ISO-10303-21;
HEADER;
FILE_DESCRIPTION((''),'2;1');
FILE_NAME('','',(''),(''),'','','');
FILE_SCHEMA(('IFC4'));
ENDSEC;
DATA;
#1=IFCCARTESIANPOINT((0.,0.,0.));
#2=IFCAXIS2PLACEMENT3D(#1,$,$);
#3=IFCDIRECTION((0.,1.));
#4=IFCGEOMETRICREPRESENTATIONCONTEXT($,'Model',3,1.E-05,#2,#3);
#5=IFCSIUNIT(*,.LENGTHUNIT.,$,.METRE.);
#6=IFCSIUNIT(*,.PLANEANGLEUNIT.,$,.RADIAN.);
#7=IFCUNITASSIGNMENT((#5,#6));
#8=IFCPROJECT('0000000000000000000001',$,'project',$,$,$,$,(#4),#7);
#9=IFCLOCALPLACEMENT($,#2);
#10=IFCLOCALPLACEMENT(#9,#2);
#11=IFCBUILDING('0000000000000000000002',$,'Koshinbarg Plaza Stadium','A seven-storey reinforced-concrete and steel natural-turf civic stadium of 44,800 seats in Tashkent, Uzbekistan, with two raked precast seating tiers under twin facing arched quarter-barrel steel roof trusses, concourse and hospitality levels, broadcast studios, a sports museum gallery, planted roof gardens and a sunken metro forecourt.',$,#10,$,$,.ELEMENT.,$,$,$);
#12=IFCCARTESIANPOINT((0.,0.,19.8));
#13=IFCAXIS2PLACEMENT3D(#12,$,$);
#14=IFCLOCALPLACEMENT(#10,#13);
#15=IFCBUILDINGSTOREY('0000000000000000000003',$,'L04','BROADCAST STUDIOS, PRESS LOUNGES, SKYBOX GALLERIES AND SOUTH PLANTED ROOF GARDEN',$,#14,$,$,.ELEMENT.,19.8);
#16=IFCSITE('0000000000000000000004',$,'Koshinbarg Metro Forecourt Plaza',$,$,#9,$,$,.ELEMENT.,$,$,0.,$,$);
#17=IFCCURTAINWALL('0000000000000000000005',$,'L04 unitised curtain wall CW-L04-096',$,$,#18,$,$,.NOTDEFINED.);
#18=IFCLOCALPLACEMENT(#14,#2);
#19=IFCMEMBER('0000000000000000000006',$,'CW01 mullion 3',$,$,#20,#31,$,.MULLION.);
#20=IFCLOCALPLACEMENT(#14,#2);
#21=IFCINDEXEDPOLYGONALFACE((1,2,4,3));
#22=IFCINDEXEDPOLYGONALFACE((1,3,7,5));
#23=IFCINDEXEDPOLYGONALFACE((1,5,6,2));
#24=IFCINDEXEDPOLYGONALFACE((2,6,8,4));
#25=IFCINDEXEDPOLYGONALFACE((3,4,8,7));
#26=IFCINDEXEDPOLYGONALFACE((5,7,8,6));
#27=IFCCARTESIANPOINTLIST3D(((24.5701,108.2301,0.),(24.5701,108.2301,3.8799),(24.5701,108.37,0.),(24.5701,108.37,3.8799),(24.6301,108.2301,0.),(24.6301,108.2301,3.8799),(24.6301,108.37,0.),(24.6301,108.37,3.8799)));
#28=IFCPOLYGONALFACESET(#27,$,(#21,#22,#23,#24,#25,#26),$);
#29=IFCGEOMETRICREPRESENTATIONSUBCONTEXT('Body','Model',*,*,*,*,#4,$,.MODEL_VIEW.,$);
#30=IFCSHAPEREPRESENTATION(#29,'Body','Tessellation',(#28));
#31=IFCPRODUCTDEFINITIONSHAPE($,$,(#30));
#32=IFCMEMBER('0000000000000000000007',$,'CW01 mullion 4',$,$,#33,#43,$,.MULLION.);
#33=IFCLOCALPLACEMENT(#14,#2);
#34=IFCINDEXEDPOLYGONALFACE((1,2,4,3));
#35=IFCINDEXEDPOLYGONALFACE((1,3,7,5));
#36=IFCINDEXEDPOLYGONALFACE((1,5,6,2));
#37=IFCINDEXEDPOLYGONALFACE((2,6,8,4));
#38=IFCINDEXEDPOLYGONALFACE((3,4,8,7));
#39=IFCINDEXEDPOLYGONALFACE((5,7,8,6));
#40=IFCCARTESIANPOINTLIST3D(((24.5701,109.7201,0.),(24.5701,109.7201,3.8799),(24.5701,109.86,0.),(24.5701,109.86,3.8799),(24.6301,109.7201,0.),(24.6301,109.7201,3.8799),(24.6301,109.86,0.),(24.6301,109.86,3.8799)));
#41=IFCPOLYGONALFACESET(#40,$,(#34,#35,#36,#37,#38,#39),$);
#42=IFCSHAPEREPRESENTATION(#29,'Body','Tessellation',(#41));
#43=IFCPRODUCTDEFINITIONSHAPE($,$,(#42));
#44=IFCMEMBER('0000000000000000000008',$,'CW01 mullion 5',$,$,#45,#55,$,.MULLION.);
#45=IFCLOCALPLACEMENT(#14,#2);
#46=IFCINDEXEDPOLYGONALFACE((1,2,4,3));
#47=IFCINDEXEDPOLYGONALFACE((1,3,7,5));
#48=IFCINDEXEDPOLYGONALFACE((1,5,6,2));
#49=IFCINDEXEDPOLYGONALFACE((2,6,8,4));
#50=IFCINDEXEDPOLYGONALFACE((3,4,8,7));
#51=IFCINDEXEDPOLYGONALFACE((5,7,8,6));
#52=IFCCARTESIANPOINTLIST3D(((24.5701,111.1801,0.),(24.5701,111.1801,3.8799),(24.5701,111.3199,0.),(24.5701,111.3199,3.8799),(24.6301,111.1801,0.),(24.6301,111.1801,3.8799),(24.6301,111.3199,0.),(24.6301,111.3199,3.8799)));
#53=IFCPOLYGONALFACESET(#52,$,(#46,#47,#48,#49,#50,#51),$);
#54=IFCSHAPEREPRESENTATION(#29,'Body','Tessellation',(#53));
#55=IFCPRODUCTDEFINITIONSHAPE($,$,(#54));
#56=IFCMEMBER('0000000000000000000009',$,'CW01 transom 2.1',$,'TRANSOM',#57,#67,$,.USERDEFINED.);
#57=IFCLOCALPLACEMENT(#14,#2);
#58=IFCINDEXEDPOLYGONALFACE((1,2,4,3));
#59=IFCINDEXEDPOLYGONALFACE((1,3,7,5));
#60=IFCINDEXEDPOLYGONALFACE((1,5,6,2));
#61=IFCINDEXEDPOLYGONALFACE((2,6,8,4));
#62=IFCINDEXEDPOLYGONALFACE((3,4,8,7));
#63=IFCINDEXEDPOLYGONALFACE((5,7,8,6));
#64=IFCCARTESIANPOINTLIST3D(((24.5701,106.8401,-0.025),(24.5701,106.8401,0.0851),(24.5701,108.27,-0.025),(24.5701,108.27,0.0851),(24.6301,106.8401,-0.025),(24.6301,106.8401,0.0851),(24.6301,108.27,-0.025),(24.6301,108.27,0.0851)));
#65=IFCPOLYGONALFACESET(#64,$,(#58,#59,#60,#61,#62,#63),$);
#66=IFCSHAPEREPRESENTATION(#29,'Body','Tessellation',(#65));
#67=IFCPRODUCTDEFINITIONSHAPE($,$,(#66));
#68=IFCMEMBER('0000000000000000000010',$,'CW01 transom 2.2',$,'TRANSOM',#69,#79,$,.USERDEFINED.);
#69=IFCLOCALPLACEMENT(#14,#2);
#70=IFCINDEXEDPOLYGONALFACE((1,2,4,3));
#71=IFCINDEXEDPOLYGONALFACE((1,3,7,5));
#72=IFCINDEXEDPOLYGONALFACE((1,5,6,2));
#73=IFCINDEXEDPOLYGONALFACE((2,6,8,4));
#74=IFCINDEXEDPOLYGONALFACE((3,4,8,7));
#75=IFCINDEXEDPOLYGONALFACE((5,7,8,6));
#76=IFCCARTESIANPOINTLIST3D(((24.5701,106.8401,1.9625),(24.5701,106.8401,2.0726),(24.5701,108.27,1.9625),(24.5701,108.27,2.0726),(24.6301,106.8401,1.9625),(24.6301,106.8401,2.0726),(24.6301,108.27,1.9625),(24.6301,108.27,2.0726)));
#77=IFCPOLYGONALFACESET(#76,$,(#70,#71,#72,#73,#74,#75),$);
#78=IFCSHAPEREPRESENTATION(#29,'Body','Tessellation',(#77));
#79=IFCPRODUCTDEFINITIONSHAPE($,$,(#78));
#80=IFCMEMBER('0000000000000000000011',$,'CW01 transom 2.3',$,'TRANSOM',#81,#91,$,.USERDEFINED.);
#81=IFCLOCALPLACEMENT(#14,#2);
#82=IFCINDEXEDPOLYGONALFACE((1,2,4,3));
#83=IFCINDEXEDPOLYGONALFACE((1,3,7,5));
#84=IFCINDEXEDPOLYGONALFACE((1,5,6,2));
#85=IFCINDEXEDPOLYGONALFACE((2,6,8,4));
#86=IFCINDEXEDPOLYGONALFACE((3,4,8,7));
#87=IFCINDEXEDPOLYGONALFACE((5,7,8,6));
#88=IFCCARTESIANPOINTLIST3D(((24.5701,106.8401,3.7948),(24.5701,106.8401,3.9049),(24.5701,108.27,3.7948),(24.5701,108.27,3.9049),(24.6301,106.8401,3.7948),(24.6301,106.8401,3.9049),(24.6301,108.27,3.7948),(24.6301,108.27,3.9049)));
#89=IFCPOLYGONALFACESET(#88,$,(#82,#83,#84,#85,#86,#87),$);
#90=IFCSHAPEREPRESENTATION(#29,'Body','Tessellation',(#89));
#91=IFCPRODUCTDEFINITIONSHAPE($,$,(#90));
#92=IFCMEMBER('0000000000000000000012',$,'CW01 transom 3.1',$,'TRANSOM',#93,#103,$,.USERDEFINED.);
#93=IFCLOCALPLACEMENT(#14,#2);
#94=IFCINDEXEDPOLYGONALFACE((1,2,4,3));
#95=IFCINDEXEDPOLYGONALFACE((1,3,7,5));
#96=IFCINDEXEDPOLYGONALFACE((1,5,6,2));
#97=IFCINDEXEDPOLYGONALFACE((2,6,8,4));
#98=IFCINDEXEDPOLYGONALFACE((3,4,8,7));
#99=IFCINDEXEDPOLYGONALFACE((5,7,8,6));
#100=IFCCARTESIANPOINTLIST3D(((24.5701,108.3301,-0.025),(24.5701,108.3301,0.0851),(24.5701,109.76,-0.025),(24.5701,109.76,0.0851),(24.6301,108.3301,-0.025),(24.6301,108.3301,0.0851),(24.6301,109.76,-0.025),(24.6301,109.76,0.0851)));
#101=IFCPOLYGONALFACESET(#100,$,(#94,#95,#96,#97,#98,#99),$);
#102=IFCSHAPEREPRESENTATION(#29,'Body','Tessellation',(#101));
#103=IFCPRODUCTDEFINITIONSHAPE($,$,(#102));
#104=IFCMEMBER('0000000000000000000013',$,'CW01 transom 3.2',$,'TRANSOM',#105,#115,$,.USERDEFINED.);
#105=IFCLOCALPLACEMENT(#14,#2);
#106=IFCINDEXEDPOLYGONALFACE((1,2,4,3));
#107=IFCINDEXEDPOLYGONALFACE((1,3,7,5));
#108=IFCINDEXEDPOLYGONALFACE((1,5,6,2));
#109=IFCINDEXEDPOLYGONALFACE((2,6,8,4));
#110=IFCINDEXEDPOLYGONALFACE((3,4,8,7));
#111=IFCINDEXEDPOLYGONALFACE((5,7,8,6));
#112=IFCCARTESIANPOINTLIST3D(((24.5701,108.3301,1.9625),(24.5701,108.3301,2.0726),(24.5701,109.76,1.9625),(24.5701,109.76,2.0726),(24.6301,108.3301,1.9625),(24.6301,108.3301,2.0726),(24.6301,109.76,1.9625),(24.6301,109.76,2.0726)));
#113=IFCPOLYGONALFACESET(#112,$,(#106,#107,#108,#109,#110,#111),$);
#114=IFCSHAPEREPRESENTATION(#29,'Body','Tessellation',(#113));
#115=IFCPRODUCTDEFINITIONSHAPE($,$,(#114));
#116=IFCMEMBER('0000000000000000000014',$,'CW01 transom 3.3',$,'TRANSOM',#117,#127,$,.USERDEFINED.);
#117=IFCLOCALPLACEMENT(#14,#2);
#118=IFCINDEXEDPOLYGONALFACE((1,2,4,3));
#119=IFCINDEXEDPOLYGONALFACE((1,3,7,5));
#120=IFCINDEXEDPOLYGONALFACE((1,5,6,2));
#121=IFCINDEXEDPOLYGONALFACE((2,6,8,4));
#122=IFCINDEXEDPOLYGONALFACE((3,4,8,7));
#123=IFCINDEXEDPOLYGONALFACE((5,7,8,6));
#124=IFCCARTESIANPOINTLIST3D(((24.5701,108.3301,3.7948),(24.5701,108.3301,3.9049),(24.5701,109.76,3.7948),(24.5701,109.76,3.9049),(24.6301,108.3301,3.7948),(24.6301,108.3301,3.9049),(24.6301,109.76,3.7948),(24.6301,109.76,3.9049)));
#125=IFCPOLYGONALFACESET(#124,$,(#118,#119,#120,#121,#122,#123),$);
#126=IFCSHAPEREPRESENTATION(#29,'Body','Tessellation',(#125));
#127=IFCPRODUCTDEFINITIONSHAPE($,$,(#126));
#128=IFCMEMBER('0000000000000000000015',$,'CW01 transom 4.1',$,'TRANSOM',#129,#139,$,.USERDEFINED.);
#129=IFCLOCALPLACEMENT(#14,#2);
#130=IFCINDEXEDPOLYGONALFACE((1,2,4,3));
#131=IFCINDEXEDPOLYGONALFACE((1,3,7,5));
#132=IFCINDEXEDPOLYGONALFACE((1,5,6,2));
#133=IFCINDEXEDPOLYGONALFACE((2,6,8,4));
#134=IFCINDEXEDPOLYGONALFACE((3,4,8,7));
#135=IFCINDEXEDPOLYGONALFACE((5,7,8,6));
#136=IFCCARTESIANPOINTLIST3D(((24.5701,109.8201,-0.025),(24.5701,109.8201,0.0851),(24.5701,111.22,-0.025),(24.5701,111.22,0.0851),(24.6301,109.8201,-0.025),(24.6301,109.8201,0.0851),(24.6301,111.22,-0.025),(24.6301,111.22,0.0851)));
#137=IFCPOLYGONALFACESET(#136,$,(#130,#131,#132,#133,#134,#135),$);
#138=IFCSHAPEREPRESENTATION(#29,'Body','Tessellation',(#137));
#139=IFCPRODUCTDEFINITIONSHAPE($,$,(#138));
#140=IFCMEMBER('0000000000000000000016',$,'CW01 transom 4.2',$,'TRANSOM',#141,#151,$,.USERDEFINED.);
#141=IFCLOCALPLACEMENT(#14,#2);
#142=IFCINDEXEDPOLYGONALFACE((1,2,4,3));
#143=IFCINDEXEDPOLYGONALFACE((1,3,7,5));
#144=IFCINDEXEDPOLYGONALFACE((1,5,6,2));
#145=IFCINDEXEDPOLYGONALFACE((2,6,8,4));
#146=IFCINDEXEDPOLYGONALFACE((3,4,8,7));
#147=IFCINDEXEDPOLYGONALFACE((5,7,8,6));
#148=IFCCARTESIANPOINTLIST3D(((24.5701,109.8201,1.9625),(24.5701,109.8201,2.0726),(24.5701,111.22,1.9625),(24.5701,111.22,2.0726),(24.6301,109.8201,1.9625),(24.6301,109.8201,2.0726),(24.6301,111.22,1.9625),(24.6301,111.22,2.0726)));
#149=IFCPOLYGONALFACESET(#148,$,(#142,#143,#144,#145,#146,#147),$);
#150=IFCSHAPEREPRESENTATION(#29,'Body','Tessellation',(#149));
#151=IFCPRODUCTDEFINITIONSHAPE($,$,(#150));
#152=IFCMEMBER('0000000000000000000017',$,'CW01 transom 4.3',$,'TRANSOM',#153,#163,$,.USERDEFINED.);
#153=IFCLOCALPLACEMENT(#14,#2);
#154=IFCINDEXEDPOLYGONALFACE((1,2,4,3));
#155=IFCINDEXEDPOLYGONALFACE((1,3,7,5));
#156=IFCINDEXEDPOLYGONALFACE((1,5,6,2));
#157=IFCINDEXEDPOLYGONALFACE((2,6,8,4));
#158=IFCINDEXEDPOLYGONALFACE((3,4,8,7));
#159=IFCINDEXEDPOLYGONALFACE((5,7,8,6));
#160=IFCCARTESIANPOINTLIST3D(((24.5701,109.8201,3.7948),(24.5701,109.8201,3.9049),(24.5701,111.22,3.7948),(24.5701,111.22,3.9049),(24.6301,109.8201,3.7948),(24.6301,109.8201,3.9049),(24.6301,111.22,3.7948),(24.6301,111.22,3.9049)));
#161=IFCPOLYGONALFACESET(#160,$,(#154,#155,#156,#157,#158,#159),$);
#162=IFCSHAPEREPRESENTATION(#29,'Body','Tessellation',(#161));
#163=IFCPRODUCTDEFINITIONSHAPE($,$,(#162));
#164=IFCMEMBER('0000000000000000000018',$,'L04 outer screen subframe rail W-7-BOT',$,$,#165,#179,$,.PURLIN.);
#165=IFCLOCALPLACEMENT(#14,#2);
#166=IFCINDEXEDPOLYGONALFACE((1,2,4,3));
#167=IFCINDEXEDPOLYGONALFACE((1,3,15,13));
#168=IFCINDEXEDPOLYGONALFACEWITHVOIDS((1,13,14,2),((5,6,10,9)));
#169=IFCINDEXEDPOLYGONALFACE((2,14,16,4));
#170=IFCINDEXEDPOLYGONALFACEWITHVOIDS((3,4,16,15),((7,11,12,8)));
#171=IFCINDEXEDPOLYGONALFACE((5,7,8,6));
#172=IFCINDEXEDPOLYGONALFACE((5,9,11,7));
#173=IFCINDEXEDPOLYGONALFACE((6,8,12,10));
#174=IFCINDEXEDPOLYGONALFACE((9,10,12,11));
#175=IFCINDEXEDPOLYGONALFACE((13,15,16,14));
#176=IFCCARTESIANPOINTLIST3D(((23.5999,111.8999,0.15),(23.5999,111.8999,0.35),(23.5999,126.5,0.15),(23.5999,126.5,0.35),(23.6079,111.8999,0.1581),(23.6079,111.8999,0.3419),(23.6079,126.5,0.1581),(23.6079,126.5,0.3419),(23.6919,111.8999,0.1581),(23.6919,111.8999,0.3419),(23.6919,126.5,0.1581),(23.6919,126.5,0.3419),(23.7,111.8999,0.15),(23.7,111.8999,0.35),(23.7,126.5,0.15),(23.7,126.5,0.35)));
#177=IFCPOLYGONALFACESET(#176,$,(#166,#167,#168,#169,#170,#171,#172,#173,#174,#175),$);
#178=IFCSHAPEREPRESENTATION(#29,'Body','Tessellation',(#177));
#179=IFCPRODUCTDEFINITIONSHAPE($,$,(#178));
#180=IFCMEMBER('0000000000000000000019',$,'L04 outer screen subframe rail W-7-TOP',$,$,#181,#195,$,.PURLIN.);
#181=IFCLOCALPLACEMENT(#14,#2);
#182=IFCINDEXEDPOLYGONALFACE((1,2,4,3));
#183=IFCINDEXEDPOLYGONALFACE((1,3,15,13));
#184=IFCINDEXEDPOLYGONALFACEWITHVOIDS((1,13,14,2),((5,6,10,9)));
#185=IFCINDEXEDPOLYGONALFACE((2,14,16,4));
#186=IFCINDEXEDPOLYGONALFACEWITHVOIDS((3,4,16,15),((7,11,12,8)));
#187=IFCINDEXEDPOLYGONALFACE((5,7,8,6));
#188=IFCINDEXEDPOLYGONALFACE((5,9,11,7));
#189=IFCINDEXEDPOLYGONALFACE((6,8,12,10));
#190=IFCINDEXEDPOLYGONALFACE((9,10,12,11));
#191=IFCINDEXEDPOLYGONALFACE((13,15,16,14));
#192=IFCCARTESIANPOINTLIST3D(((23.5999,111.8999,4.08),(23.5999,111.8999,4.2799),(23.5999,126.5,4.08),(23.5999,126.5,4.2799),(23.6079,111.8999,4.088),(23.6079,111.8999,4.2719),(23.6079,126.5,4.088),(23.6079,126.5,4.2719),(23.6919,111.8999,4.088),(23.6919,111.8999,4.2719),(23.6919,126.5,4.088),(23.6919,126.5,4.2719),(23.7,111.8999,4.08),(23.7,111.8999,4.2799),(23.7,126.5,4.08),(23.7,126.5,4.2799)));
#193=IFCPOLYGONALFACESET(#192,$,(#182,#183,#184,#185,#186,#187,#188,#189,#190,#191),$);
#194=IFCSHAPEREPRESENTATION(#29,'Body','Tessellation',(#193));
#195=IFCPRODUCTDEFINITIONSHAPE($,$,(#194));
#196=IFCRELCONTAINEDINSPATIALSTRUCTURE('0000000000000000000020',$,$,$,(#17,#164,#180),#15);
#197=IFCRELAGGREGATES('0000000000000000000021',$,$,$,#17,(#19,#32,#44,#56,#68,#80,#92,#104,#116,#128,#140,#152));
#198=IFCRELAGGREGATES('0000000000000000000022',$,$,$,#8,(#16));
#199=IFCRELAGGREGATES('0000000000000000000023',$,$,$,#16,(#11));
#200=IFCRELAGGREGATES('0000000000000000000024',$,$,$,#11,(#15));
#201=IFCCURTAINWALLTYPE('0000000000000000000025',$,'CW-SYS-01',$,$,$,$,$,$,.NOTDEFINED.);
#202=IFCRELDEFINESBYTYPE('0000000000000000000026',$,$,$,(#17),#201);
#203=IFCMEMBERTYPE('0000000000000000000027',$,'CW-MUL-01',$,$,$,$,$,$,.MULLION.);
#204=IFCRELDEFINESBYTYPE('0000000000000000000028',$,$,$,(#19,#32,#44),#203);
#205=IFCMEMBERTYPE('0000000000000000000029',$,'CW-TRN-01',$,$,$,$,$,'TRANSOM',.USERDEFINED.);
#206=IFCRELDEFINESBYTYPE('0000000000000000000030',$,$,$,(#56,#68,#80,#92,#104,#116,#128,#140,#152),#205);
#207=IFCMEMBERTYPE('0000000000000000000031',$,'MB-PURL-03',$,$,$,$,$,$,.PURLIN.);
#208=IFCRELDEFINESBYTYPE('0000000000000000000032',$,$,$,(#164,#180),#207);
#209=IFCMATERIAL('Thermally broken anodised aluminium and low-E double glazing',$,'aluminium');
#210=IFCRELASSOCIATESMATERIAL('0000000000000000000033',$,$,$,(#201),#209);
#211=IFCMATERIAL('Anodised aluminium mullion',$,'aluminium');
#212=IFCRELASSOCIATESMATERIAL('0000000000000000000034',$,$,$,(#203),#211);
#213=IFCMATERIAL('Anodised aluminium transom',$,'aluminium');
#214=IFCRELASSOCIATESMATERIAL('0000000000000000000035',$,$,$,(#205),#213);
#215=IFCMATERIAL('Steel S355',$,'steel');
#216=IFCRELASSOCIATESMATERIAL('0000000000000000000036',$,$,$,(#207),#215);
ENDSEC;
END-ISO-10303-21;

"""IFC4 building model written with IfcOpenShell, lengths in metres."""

from ifc_helpers import new_model, si_unit, direction, frame, origin, origin_2d, place, context, subcontext, project, spatial, rectangle, hollow_rectangle, extrude, material, material_profile, profile_set, type_object, element, aggregate, save


model = new_model("IFC4")

# Units and contexts
model_context = context("Model", 3, precision=1e-05, world=origin(), true_north=direction((0.0, 1.0)))
body_context = subcontext(model_context, "Body", "Model", "MODEL_VIEW")
ifc_project = project(units=[si_unit("LENGTHUNIT", "METRE"), si_unit("PLANEANGLEUNIT", "RADIAN")], contexts=[model_context])

# Site, building, storey
site_placement = place(None, origin())
site = spatial("IfcSite", under=ifc_project, at=site_placement, Name="Koshinbarg Metro Forecourt Plaza", CompositionType="ELEMENT", RefElevation=0.0)
building_placement = place(site_placement, origin())
building = spatial("IfcBuilding", under=site, at=building_placement, Name="Koshinbarg Plaza Stadium", Description="A seven-storey reinforced-concrete and steel natural-turf civic stadium of 44,800 seats in Tashkent, Uzbekistan, with two raked precast seating tiers under twin facing arched quarter-barrel steel roof trusses, concourse and hospitality levels, broadcast studios, a sports museum gallery, planted roof gardens and a sunken metro forecourt.", CompositionType="ELEMENT")
storey_placement = place(building_placement, frame((0.0, 0.0, 19.8)))
storey = spatial("IfcBuildingStorey", under=building, at=storey_placement, Name="L04", Description="BROADCAST STUDIOS, PRESS LOUNGES, SKYBOX GALLERIES AND SOUTH PLANTED ROOF GARDEN", CompositionType="ELEMENT", Elevation=19.8)

# Shared definitions
ifc_material_1 = material(Name="Steel S355", Category="steel")

# Curtain wall, members
ifc_material_2 = material(Name="Thermally broken anodised aluminium and low-E double glazing", Category="aluminium")
curtain_wall_type = type_object("IfcCurtainWallType", Name="CW-SYS-01", PredefinedType="NOTDEFINED", material=ifc_material_2)
curtain_wall_placement = place(storey_placement, origin())
curtain_wall = element("IfcCurtainWall", 1, at=curtain_wall_placement, inside=storey, type_object=curtain_wall_type, Name="L04 unitised curtain wall CW-L04-096", PredefinedType="NOTDEFINED")
ifc_material_3 = material(Name="Anodised aluminium mullion", Category="aluminium")
ifc_material_profile_1 = material_profile(ifc_material_3, rectangle(XDim=0.0601, YDim=0.1399, at=origin_2d()), Name="ALU 60x140")
ifc_profile_set_1 = profile_set([ifc_material_profile_1], Name="Anodised aluminium mullion")
member_type_1 = type_object("IfcMemberType", Name="CW-MUL-01", PredefinedType="MULLION", material=ifc_profile_set_1)
member_1_placement = place(storey_placement, frame((24.6001, 108.3, 0.0), z_axis=(0.0, 0.0, 1.0), x_axis=(-1.0, 0.0, 0.0)))
member_1 = element("IfcMember", 2, at=member_1_placement, type_object=member_type_1, Name="CW01 mullion 3", PredefinedType="MULLION", context=body_context, shape_type="SweptSolid", body=[
    extrude(rectangle(XDim=0.0601, YDim=0.1399, at=origin_2d()), origin(), (0.0, 0.0, 1.0), 3.8799),
])
member_2_placement = place(storey_placement, frame((24.6001, 109.79, 0.0), z_axis=(0.0, 0.0, 1.0), x_axis=(-1.0, 0.0, 0.0)))
member_2 = element("IfcMember", 3, at=member_2_placement, type_object=member_type_1, Name="CW01 mullion 4", PredefinedType="MULLION", context=body_context, shape_type="SweptSolid", body=[
    extrude(rectangle(XDim=0.0601, YDim=0.1399, at=origin_2d()), origin(), (0.0, 0.0, 1.0), 3.8799),
])
member_3_placement = place(storey_placement, frame((24.6001, 111.25, 0.0), z_axis=(0.0, 0.0, 1.0), x_axis=(-1.0, 0.0, 0.0)))
member_3 = element("IfcMember", 4, at=member_3_placement, type_object=member_type_1, Name="CW01 mullion 5", PredefinedType="MULLION", context=body_context, shape_type="SweptSolid", body=[
    extrude(rectangle(XDim=0.0601, YDim=0.1399, at=origin_2d()), origin(), (0.0, 0.0, 1.0), 3.8799),
])
ifc_material_4 = material(Name="Anodised aluminium transom", Category="aluminium")
ifc_material_profile_2 = material_profile(ifc_material_4, rectangle(XDim=0.0601, YDim=0.1101, at=origin_2d()), Name="ALU 60x110")
ifc_profile_set_2 = profile_set([ifc_material_profile_2], Name="Anodised aluminium transom")
member_type_2 = type_object("IfcMemberType", Name="CW-TRN-01", ElementType="TRANSOM", PredefinedType="USERDEFINED", material=ifc_profile_set_2)
member_4_placement = place(storey_placement, frame((24.6001, 106.8401, 0.03), z_axis=(0.0, 1.0, 0.0), x_axis=(-1.0, 0.0, 0.0)))
member_4 = element("IfcMember", 5, at=member_4_placement, type_object=member_type_2, Name="CW01 transom 2.1", ObjectType="TRANSOM", PredefinedType="USERDEFINED", context=body_context, shape_type="SweptSolid", body=[
    extrude(rectangle(XDim=0.0601, YDim=0.1101, at=origin_2d()), origin(), (0.0, 0.0, 1.0), 1.4299),
])
member_5_placement = place(storey_placement, frame((24.6001, 106.8401, 2.0176), z_axis=(0.0, 1.0, 0.0), x_axis=(-1.0, 0.0, 0.0)))
member_5 = element("IfcMember", 6, at=member_5_placement, type_object=member_type_2, Name="CW01 transom 2.2", ObjectType="TRANSOM", PredefinedType="USERDEFINED", context=body_context, shape_type="SweptSolid", body=[
    extrude(rectangle(XDim=0.0601, YDim=0.1101, at=origin_2d()), origin(), (0.0, 0.0, 1.0), 1.4299),
])
member_6_placement = place(storey_placement, frame((24.6001, 106.8401, 3.8499), z_axis=(0.0, 1.0, 0.0), x_axis=(-1.0, 0.0, 0.0)))
member_6 = element("IfcMember", 7, at=member_6_placement, type_object=member_type_2, Name="CW01 transom 2.3", ObjectType="TRANSOM", PredefinedType="USERDEFINED", context=body_context, shape_type="SweptSolid", body=[
    extrude(rectangle(XDim=0.0601, YDim=0.1101, at=origin_2d()), origin(), (0.0, 0.0, 1.0), 1.4299),
])
member_7_placement = place(storey_placement, frame((24.6001, 108.3301, 0.03), z_axis=(0.0, 1.0, 0.0), x_axis=(-1.0, 0.0, 0.0)))
member_7 = element("IfcMember", 8, at=member_7_placement, type_object=member_type_2, Name="CW01 transom 3.1", ObjectType="TRANSOM", PredefinedType="USERDEFINED", context=body_context, shape_type="SweptSolid", body=[
    extrude(rectangle(XDim=0.0601, YDim=0.1101, at=origin_2d()), origin(), (0.0, 0.0, 1.0), 1.4299),
])
member_8_placement = place(storey_placement, frame((24.6001, 108.3301, 2.0176), z_axis=(0.0, 1.0, 0.0), x_axis=(-1.0, 0.0, 0.0)))
member_8 = element("IfcMember", 9, at=member_8_placement, type_object=member_type_2, Name="CW01 transom 3.2", ObjectType="TRANSOM", PredefinedType="USERDEFINED", context=body_context, shape_type="SweptSolid", body=[
    extrude(rectangle(XDim=0.0601, YDim=0.1101, at=origin_2d()), origin(), (0.0, 0.0, 1.0), 1.4299),
])
member_9_placement = place(storey_placement, frame((24.6001, 108.3301, 3.8499), z_axis=(0.0, 1.0, 0.0), x_axis=(-1.0, 0.0, 0.0)))
member_9 = element("IfcMember", 10, at=member_9_placement, type_object=member_type_2, Name="CW01 transom 3.3", ObjectType="TRANSOM", PredefinedType="USERDEFINED", context=body_context, shape_type="SweptSolid", body=[
    extrude(rectangle(XDim=0.0601, YDim=0.1101, at=origin_2d()), origin(), (0.0, 0.0, 1.0), 1.4299),
])
member_10_placement = place(storey_placement, frame((24.6001, 109.8201, 0.03), z_axis=(0.0, 1.0, 0.0), x_axis=(-1.0, 0.0, 0.0)))
member_10 = element("IfcMember", 11, at=member_10_placement, type_object=member_type_2, Name="CW01 transom 4.1", ObjectType="TRANSOM", PredefinedType="USERDEFINED", context=body_context, shape_type="SweptSolid", body=[
    extrude(rectangle(XDim=0.0601, YDim=0.1101, at=origin_2d()), origin(), (0.0, 0.0, 1.0), 1.3999),
])
member_11_placement = place(storey_placement, frame((24.6001, 109.8201, 2.0176), z_axis=(0.0, 1.0, 0.0), x_axis=(-1.0, 0.0, 0.0)))
member_11 = element("IfcMember", 12, at=member_11_placement, type_object=member_type_2, Name="CW01 transom 4.2", ObjectType="TRANSOM", PredefinedType="USERDEFINED", context=body_context, shape_type="SweptSolid", body=[
    extrude(rectangle(XDim=0.0601, YDim=0.1101, at=origin_2d()), origin(), (0.0, 0.0, 1.0), 1.3999),
])
member_12_placement = place(storey_placement, frame((24.6001, 109.8201, 3.8499), z_axis=(0.0, 1.0, 0.0), x_axis=(-1.0, 0.0, 0.0)))
member_12 = element("IfcMember", 13, at=member_12_placement, type_object=member_type_2, Name="CW01 transom 4.3", ObjectType="TRANSOM", PredefinedType="USERDEFINED", context=body_context, shape_type="SweptSolid", body=[
    extrude(rectangle(XDim=0.0601, YDim=0.1101, at=origin_2d()), origin(), (0.0, 0.0, 1.0), 1.3999),
])

# Members
ifc_material_profile_3 = material_profile(ifc_material_1, hollow_rectangle(XDim=0.1001, YDim=0.2, WallThickness=0.0081, at=origin_2d()), Name="RHS 200x100x8")
ifc_profile_set_3 = profile_set([ifc_material_profile_3], Name="Steel S355")
member_type_3 = type_object("IfcMemberType", Name="MB-PURL-03", PredefinedType="PURLIN", material=ifc_profile_set_3)
for number, where, z_axis, x_axis, name in (
    (14, (23.6499, 111.8999, 0.25), (0.0, 1.0, 0.0), (-1.0, 0.0, 0.0), "L04 outer screen subframe rail W-7-BOT"),
    (15, (23.6499, 111.8999, 4.1799), (0.0, 1.0, 0.0), (-1.0, 0.0, 0.0), "L04 outer screen subframe rail W-7-TOP"),
):
    element("IfcMember", number, at=place(storey_placement, frame(where, z_axis=z_axis, x_axis=x_axis)), inside=storey, type_object=member_type_3, Name=name, PredefinedType="PURLIN", context=body_context, shape_type="SweptSolid", body=[
        extrude(hollow_rectangle(XDim=0.1001, YDim=0.2, WallThickness=0.0081, at=origin_2d()), origin(), (0.0, 0.0, 1.0), 14.6001),
    ])

aggregate(curtain_wall, [member_1, member_2, member_3, member_4, member_5, member_6, member_7, member_8, member_9, member_10, member_11, member_12])

save(model, "model.ifc")
